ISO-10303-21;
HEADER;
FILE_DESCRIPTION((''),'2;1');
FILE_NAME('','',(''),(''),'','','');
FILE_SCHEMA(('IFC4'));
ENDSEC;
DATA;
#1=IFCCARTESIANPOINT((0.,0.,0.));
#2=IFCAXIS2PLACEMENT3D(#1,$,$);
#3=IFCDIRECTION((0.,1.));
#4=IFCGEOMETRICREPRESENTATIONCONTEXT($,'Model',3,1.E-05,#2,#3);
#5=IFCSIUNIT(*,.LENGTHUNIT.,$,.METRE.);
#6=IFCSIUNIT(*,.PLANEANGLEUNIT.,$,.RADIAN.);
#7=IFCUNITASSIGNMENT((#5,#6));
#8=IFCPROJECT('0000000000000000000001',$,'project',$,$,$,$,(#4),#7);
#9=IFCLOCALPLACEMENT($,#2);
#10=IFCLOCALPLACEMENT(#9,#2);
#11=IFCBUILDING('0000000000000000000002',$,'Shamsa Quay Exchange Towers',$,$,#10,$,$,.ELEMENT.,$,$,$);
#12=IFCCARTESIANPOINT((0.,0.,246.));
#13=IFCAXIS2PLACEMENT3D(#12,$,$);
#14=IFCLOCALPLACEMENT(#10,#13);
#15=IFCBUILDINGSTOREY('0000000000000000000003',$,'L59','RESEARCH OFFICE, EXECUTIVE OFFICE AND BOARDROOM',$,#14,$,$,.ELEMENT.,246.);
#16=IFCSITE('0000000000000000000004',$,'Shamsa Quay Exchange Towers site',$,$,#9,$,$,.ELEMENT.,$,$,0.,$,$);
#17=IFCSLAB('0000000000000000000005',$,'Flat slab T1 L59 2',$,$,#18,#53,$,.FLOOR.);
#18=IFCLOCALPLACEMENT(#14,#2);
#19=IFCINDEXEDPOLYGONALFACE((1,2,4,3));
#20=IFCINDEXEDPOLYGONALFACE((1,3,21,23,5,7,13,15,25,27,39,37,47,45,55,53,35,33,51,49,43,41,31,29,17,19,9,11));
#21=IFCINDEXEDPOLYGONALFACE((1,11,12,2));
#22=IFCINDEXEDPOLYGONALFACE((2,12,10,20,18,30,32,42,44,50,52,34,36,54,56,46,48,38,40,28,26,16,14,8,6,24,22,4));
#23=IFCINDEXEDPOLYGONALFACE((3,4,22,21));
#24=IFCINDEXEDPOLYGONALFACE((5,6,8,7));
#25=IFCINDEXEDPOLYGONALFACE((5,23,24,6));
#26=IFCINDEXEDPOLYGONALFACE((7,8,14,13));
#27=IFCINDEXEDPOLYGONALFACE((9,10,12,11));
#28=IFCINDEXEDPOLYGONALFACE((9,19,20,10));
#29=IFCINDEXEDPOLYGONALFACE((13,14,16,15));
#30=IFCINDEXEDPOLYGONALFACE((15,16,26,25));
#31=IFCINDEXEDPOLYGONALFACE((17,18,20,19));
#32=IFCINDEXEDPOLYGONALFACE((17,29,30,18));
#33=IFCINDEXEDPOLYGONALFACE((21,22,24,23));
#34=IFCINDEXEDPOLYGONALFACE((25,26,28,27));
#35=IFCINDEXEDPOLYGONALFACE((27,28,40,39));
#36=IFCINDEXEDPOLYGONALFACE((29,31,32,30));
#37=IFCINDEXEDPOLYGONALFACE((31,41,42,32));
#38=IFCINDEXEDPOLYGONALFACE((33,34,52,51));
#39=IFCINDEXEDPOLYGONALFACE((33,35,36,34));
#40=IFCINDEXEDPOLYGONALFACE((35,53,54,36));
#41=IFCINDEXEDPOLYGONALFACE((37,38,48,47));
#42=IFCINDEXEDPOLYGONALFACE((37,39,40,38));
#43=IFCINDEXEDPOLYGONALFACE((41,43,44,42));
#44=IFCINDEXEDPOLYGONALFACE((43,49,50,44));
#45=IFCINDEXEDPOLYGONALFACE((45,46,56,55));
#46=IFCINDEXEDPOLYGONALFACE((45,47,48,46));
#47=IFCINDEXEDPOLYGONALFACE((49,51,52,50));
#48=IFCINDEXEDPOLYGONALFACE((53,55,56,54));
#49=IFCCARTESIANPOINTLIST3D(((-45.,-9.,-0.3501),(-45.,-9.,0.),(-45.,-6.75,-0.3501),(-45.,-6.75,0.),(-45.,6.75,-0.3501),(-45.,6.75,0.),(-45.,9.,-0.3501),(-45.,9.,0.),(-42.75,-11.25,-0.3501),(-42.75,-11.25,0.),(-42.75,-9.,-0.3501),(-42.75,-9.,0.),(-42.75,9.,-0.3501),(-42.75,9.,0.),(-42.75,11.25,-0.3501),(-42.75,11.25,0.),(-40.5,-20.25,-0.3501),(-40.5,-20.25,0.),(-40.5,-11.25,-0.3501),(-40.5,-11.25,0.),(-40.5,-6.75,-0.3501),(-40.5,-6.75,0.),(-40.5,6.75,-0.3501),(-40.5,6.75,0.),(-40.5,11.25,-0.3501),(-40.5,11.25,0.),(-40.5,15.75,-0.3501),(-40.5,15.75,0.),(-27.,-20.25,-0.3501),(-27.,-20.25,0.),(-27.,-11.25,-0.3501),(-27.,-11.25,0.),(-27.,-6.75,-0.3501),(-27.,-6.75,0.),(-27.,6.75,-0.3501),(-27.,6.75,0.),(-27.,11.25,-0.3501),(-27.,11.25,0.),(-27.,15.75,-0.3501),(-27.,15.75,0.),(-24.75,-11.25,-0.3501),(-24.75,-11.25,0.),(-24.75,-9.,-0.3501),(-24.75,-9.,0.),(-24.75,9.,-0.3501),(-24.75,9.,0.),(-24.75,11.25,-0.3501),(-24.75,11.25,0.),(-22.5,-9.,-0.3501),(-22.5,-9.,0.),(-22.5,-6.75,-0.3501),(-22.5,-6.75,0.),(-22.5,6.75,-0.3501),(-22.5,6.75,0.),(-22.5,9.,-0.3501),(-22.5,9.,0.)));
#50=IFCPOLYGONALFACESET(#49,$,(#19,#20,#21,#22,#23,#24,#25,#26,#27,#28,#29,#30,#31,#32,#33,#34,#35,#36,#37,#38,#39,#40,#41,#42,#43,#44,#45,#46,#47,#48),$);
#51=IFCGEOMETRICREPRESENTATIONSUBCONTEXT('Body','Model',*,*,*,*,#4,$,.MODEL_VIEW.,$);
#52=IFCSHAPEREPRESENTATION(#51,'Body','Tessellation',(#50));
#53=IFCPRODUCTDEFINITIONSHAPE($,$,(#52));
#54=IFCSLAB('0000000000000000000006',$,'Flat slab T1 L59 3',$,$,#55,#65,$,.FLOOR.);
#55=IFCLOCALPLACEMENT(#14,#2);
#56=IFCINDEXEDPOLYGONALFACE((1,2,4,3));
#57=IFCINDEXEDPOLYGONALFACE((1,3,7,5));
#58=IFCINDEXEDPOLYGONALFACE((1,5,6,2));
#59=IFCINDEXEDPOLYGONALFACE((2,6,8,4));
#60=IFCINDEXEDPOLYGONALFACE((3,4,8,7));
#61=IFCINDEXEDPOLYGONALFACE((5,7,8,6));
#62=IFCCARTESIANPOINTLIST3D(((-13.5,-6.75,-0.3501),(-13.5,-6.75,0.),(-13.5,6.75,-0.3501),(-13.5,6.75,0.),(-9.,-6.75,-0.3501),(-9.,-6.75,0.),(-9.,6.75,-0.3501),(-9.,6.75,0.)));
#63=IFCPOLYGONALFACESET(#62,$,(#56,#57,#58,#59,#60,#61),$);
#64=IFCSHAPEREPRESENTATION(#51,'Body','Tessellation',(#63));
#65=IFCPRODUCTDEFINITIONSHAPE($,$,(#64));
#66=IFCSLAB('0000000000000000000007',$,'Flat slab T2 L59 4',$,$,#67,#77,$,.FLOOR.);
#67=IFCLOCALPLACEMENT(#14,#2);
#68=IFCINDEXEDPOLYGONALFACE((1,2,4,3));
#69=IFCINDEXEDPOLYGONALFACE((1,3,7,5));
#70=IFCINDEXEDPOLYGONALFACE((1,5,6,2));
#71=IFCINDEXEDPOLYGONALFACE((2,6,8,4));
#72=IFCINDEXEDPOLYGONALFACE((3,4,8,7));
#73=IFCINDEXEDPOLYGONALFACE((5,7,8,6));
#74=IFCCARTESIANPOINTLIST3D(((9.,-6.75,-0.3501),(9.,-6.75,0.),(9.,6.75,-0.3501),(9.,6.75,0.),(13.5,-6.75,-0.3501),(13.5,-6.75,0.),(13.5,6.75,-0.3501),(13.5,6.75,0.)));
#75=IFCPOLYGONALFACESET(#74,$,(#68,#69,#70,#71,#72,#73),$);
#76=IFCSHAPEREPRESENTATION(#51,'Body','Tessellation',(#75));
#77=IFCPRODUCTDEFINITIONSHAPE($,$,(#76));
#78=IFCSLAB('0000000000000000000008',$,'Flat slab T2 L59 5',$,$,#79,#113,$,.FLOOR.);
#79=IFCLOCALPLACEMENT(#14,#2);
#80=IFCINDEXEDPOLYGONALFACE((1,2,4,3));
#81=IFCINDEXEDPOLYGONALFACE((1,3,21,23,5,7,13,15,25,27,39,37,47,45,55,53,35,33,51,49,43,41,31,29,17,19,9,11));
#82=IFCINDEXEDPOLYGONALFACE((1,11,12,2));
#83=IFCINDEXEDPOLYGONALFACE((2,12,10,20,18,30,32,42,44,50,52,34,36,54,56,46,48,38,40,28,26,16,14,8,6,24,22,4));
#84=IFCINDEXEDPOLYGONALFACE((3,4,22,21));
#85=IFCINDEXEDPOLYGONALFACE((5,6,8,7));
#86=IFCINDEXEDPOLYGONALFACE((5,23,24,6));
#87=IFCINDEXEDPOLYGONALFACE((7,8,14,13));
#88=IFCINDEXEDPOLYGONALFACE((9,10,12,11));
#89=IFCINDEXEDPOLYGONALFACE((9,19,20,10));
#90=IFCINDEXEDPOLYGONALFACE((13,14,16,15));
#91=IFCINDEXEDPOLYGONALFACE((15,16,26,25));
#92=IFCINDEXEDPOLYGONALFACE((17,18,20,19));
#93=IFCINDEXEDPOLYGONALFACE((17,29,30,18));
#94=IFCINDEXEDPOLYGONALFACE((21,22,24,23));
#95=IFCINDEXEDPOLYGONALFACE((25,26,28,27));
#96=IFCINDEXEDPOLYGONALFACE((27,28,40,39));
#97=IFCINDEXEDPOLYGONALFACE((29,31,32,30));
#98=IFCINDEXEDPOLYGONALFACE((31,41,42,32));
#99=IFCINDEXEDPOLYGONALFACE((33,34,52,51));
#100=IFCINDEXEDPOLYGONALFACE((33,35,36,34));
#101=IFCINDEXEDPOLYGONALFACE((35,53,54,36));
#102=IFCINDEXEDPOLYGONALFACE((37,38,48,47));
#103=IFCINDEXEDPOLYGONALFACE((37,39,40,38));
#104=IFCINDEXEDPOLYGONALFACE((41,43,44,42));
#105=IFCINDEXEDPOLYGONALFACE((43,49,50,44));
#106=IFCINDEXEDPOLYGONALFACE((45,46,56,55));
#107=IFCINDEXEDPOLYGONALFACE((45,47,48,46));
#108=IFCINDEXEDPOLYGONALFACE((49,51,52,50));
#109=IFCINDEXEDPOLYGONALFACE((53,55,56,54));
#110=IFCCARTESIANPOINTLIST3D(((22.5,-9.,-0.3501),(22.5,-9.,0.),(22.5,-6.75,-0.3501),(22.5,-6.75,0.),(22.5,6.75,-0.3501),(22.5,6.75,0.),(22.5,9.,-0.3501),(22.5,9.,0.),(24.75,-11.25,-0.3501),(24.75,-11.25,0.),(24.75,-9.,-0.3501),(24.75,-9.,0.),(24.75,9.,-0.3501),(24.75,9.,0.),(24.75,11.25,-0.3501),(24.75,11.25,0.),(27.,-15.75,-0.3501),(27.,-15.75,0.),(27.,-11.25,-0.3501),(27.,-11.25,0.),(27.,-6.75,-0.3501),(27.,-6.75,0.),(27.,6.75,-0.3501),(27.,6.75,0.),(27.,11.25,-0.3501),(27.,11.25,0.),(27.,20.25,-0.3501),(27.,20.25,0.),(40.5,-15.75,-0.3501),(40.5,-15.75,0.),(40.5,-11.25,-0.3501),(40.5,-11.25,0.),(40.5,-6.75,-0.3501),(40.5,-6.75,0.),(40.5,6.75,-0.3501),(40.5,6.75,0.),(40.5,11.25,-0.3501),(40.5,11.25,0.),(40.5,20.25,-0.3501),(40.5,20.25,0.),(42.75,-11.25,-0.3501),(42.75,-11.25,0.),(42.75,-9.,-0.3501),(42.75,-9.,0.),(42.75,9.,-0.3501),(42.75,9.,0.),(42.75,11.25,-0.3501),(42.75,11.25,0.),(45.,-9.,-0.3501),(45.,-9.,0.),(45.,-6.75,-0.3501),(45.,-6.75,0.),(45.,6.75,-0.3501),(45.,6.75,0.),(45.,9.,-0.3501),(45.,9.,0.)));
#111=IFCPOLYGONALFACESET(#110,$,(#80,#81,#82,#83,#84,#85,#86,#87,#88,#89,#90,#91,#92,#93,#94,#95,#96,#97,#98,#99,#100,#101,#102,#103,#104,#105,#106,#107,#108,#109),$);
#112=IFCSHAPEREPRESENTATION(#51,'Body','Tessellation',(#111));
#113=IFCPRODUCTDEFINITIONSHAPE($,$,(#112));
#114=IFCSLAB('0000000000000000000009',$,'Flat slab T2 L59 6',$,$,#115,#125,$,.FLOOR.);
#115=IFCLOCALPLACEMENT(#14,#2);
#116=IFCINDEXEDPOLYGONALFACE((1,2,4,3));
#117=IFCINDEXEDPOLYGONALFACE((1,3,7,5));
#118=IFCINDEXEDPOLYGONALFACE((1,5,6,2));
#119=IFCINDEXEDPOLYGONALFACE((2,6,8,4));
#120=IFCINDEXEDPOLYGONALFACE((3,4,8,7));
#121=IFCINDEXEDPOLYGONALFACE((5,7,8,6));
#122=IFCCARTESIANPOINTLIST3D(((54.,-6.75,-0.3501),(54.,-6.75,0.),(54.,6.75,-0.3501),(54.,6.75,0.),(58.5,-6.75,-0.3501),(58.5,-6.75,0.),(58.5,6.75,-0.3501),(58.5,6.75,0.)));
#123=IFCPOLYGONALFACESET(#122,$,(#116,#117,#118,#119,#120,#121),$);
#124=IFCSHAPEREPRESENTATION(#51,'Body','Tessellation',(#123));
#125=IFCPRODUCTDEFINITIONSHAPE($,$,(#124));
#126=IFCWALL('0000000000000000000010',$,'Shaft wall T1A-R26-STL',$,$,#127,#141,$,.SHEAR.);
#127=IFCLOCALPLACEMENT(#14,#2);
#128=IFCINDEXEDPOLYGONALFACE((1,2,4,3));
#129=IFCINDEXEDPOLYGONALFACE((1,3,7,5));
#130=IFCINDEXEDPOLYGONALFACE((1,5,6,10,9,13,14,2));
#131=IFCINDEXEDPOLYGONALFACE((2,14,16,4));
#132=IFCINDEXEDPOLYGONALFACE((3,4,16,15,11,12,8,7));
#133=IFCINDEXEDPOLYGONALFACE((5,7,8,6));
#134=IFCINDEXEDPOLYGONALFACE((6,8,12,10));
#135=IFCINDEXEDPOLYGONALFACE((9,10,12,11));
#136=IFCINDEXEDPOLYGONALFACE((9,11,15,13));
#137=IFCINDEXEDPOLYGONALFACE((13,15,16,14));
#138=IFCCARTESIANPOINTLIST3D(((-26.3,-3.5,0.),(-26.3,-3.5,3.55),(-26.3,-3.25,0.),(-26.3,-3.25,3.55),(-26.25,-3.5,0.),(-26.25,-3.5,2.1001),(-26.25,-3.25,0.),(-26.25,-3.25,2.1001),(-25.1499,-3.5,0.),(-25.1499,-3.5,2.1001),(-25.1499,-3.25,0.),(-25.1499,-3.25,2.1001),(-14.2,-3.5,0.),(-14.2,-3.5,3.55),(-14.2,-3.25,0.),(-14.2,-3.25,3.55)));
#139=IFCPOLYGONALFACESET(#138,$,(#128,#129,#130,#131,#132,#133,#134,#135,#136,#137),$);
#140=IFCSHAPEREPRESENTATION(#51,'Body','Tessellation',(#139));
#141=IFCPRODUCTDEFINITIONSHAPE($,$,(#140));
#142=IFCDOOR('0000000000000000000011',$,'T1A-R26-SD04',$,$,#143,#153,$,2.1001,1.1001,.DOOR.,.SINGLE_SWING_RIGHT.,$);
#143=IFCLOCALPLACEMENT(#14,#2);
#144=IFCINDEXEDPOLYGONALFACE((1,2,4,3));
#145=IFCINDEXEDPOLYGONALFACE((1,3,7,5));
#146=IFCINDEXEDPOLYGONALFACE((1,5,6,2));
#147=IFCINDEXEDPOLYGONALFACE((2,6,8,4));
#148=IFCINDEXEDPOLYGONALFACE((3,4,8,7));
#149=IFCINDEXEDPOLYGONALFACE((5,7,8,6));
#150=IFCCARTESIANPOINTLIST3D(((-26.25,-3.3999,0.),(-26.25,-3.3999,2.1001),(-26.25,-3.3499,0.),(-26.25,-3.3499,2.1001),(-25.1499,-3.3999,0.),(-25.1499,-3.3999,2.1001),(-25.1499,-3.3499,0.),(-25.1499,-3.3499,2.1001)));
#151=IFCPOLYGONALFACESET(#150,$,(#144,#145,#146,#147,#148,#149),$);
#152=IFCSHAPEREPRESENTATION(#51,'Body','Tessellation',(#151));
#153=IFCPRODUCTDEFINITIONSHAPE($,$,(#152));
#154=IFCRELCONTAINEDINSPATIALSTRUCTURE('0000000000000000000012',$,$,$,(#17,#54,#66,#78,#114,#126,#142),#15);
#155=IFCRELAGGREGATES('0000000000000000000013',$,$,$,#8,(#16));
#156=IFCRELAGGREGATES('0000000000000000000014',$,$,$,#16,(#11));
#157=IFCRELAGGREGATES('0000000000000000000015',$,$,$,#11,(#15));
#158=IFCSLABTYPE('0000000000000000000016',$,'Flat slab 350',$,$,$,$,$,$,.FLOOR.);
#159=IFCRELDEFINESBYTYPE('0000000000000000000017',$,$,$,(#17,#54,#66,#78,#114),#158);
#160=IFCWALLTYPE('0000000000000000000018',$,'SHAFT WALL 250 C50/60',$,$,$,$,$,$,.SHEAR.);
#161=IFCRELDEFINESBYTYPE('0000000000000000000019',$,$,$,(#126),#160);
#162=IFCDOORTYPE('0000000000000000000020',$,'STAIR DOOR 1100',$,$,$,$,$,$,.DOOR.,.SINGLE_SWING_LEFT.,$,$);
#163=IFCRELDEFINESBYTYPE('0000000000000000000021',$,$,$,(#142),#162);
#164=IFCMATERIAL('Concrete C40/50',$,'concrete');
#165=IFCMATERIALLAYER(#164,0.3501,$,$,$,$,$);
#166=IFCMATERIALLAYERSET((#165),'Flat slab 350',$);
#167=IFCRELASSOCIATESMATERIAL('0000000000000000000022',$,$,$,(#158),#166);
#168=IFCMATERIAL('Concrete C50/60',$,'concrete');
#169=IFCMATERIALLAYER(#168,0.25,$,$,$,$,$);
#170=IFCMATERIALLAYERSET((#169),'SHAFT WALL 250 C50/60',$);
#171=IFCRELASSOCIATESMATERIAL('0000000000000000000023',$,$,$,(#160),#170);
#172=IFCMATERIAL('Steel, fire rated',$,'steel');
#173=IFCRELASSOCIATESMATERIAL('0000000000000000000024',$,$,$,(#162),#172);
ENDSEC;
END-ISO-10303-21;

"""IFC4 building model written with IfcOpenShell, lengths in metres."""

from ifc_helpers import new_model, si_unit, direction, frame, frame_2d, origin, place, context, subcontext, project, spatial, polyline, rectangle, outline, extrude, material, layer, layer_set, type_object, element, fill, save


model = new_model("IFC4")

# Units and contexts
model_context = context("Model", 3, precision=1e-05, world=origin(), true_north=direction((0.0, 1.0)))
body_context = subcontext(model_context, "Body", "Model", "MODEL_VIEW")
ifc_project = project(units=[si_unit("LENGTHUNIT", "METRE"), si_unit("PLANEANGLEUNIT", "RADIAN")], contexts=[model_context])

# Site, building, storey
site_placement = place(None, origin())
site = spatial("IfcSite", under=ifc_project, at=site_placement, Name="Shamsa Quay Exchange Towers site", CompositionType="ELEMENT", RefElevation=0.0)
building_placement = place(site_placement, origin())
building = spatial("IfcBuilding", under=site, at=building_placement, Name="Shamsa Quay Exchange Towers", CompositionType="ELEMENT")
storey_placement = place(building_placement, frame((0.0, 0.0, 246.0)))
storey = spatial("IfcBuildingStorey", under=building, at=storey_placement, Name="L59", Description="RESEARCH OFFICE, EXECUTIVE OFFICE AND BOARDROOM", CompositionType="ELEMENT", Elevation=246.0)

# Slabs
ifc_material_1 = material(Name="Concrete C40/50", Category="concrete")
ifc_layer_1 = layer(ifc_material_1, 0.3501)
ifc_layer_set_1 = layer_set([ifc_layer_1], Name="Flat slab 350")
slab_type_1 = type_object("IfcSlabType", Name="Flat slab 350", PredefinedType="FLOOR", material=ifc_layer_set_1)
slab_1_placement = place(storey_placement, frame((0.0, 0.0, -0.3501)))
element("IfcSlab", 1, at=slab_1_placement, inside=storey, type_object=slab_type_1, Name="Flat slab T1 L59 2", PredefinedType="FLOOR", context=body_context, shape_type="SweptSolid", body=[
    extrude(outline(polyline([(-22.5, -9.0), (-22.5, -6.75), (-27.0, -6.75), (-27.0, 6.75), (-22.5, 6.75), (-22.5, 9.0), (-24.75, 9.0), (-24.75, 11.25), (-27.0, 11.25), (-27.0, 15.75), (-40.5, 15.75), (-40.5, 11.25), (-42.75, 11.25), (-42.75, 9.0), (-45.0, 9.0), (-45.0, 6.75), (-40.5, 6.75), (-40.5, -6.75), (-45.0, -6.75), (-45.0, -9.0), (-42.75, -9.0), (-42.75, -11.25), (-40.5, -11.25), (-40.5, -20.25), (-27.0, -20.25), (-27.0, -11.25), (-24.75, -11.25), (-24.75, -9.0), (-22.5, -9.0)])), origin(), (0.0, 0.0, 1.0), 0.3501),
])
slab_2_placement = place(storey_placement, frame((0.0, 0.0, -0.3501)))
element("IfcSlab", 2, at=slab_2_placement, inside=storey, type_object=slab_type_1, Name="Flat slab T1 L59 3", PredefinedType="FLOOR", context=body_context, shape_type="SweptSolid", body=[
    extrude(outline(polyline([(-9.0, 6.75), (-13.5, 6.75), (-13.5, -6.75), (-9.0, -6.75), (-9.0, 6.75)])), origin(), (0.0, 0.0, 1.0), 0.3501),
])
slab_3_placement = place(storey_placement, frame((0.0, 0.0, -0.3501)))
element("IfcSlab", 3, at=slab_3_placement, inside=storey, type_object=slab_type_1, Name="Flat slab T2 L59 4", PredefinedType="FLOOR", context=body_context, shape_type="SweptSolid", body=[
    extrude(outline(polyline([(9.0, -6.75), (13.5, -6.75), (13.5, 6.75), (9.0, 6.75), (9.0, -6.75)])), origin(), (0.0, 0.0, 1.0), 0.3501),
])
slab_4_placement = place(storey_placement, frame((0.0, 0.0, -0.3501)))
element("IfcSlab", 4, at=slab_4_placement, inside=storey, type_object=slab_type_1, Name="Flat slab T2 L59 5", PredefinedType="FLOOR", context=body_context, shape_type="SweptSolid", body=[
    extrude(outline(polyline([(45.0, -9.0), (45.0, -6.75), (40.5, -6.75), (40.5, 6.75), (45.0, 6.75), (45.0, 9.0), (42.75, 9.0), (42.75, 11.25), (40.5, 11.25), (40.5, 20.25), (27.0, 20.25), (27.0, 11.25), (24.75, 11.25), (24.75, 9.0), (22.5, 9.0), (22.5, 6.75), (27.0, 6.75), (27.0, -6.75), (22.5, -6.75), (22.5, -9.0), (24.75, -9.0), (24.75, -11.25), (27.0, -11.25), (27.0, -15.75), (40.5, -15.75), (40.5, -11.25), (42.75, -11.25), (42.75, -9.0), (45.0, -9.0)])), origin(), (0.0, 0.0, 1.0), 0.3501),
])
slab_5_placement = place(storey_placement, frame((0.0, 0.0, -0.3501)))
element("IfcSlab", 5, at=slab_5_placement, inside=storey, type_object=slab_type_1, Name="Flat slab T2 L59 6", PredefinedType="FLOOR", context=body_context, shape_type="SweptSolid", body=[
    extrude(outline(polyline([(58.5, 6.75), (54.0, 6.75), (54.0, -6.75), (58.5, -6.75), (58.5, 6.75)])), origin(), (0.0, 0.0, 1.0), 0.3501),
])

# Wall, opening, door
ifc_material_2 = material(Name="Concrete C50/60", Category="concrete")
ifc_layer_2 = layer(ifc_material_2, 0.25)
ifc_layer_set_2 = layer_set([ifc_layer_2], Name="SHAFT WALL 250 C50/60")
wall_type = type_object("IfcWallType", Name="SHAFT WALL 250 C50/60", PredefinedType="SHEAR", material=ifc_layer_set_2)
wall_1_placement = place(storey_placement, frame((-14.2, -3.375, 0.0), z_axis=(0.0, 0.0, 1.0), x_axis=(-1.0, 0.0, 0.0)))
wall_1 = element("IfcWall", 6, at=wall_1_placement, inside=storey, type_object=wall_type, Name="Shaft wall T1A-R26-STL", PredefinedType="SHEAR", context=body_context, shape_type="SweptSolid", body=[
    extrude(rectangle(XDim=12.1001, YDim=0.25, at=frame_2d((6.05, 0.0))), origin(), (0.0, 0.0, 1.0), 3.55),
])
opening_1_placement = place(wall_1_placement, frame((10.95, 0.0, 0.0)))
opening_1 = element("IfcOpeningElement", 7, at=opening_1_placement, cuts=wall_1, PredefinedType="OPENING", context=body_context, shape_type="SweptSolid", body=[
    extrude(rectangle(XDim=1.1001, YDim=2.1001, at=frame_2d((0.55, 1.05))), frame((0.0, 0.135, 0.0), z_axis=(0.0, -1.0, 0.0), x_axis=(1.0, 0.0, 0.0)), (0.0, 0.0, 1.0), 0.27),
])
ifc_material_3 = material(Name="Steel, fire rated", Category="steel")
door_type_1 = type_object("IfcDoorType", Name="STAIR DOOR 1100", OperationType="SINGLE_SWING_LEFT", PredefinedType="DOOR", material=ifc_material_3)
door_1_placement = place(opening_1_placement, origin())
door_1 = element("IfcDoor", 8, at=door_1_placement, inside=storey, type_object=door_type_1, Name="T1A-R26-SD04", OperationType="SINGLE_SWING_RIGHT", OverallHeight=2.1001, OverallWidth=1.1001, PredefinedType="DOOR", context=body_context, shape_type="SweptSolid", body=[
    extrude(rectangle(XDim=1.1001, YDim=2.1001, at=frame_2d((0.55, 1.05))), frame((0.0, 0.0249, 0.0), z_axis=(0.0, -1.0, 0.0), x_axis=(1.0, 0.0, 0.0)), (0.0, 0.0, 1.0), 0.05),
])
fill(opening_1, door_1)

save(model, "model.ifc")
